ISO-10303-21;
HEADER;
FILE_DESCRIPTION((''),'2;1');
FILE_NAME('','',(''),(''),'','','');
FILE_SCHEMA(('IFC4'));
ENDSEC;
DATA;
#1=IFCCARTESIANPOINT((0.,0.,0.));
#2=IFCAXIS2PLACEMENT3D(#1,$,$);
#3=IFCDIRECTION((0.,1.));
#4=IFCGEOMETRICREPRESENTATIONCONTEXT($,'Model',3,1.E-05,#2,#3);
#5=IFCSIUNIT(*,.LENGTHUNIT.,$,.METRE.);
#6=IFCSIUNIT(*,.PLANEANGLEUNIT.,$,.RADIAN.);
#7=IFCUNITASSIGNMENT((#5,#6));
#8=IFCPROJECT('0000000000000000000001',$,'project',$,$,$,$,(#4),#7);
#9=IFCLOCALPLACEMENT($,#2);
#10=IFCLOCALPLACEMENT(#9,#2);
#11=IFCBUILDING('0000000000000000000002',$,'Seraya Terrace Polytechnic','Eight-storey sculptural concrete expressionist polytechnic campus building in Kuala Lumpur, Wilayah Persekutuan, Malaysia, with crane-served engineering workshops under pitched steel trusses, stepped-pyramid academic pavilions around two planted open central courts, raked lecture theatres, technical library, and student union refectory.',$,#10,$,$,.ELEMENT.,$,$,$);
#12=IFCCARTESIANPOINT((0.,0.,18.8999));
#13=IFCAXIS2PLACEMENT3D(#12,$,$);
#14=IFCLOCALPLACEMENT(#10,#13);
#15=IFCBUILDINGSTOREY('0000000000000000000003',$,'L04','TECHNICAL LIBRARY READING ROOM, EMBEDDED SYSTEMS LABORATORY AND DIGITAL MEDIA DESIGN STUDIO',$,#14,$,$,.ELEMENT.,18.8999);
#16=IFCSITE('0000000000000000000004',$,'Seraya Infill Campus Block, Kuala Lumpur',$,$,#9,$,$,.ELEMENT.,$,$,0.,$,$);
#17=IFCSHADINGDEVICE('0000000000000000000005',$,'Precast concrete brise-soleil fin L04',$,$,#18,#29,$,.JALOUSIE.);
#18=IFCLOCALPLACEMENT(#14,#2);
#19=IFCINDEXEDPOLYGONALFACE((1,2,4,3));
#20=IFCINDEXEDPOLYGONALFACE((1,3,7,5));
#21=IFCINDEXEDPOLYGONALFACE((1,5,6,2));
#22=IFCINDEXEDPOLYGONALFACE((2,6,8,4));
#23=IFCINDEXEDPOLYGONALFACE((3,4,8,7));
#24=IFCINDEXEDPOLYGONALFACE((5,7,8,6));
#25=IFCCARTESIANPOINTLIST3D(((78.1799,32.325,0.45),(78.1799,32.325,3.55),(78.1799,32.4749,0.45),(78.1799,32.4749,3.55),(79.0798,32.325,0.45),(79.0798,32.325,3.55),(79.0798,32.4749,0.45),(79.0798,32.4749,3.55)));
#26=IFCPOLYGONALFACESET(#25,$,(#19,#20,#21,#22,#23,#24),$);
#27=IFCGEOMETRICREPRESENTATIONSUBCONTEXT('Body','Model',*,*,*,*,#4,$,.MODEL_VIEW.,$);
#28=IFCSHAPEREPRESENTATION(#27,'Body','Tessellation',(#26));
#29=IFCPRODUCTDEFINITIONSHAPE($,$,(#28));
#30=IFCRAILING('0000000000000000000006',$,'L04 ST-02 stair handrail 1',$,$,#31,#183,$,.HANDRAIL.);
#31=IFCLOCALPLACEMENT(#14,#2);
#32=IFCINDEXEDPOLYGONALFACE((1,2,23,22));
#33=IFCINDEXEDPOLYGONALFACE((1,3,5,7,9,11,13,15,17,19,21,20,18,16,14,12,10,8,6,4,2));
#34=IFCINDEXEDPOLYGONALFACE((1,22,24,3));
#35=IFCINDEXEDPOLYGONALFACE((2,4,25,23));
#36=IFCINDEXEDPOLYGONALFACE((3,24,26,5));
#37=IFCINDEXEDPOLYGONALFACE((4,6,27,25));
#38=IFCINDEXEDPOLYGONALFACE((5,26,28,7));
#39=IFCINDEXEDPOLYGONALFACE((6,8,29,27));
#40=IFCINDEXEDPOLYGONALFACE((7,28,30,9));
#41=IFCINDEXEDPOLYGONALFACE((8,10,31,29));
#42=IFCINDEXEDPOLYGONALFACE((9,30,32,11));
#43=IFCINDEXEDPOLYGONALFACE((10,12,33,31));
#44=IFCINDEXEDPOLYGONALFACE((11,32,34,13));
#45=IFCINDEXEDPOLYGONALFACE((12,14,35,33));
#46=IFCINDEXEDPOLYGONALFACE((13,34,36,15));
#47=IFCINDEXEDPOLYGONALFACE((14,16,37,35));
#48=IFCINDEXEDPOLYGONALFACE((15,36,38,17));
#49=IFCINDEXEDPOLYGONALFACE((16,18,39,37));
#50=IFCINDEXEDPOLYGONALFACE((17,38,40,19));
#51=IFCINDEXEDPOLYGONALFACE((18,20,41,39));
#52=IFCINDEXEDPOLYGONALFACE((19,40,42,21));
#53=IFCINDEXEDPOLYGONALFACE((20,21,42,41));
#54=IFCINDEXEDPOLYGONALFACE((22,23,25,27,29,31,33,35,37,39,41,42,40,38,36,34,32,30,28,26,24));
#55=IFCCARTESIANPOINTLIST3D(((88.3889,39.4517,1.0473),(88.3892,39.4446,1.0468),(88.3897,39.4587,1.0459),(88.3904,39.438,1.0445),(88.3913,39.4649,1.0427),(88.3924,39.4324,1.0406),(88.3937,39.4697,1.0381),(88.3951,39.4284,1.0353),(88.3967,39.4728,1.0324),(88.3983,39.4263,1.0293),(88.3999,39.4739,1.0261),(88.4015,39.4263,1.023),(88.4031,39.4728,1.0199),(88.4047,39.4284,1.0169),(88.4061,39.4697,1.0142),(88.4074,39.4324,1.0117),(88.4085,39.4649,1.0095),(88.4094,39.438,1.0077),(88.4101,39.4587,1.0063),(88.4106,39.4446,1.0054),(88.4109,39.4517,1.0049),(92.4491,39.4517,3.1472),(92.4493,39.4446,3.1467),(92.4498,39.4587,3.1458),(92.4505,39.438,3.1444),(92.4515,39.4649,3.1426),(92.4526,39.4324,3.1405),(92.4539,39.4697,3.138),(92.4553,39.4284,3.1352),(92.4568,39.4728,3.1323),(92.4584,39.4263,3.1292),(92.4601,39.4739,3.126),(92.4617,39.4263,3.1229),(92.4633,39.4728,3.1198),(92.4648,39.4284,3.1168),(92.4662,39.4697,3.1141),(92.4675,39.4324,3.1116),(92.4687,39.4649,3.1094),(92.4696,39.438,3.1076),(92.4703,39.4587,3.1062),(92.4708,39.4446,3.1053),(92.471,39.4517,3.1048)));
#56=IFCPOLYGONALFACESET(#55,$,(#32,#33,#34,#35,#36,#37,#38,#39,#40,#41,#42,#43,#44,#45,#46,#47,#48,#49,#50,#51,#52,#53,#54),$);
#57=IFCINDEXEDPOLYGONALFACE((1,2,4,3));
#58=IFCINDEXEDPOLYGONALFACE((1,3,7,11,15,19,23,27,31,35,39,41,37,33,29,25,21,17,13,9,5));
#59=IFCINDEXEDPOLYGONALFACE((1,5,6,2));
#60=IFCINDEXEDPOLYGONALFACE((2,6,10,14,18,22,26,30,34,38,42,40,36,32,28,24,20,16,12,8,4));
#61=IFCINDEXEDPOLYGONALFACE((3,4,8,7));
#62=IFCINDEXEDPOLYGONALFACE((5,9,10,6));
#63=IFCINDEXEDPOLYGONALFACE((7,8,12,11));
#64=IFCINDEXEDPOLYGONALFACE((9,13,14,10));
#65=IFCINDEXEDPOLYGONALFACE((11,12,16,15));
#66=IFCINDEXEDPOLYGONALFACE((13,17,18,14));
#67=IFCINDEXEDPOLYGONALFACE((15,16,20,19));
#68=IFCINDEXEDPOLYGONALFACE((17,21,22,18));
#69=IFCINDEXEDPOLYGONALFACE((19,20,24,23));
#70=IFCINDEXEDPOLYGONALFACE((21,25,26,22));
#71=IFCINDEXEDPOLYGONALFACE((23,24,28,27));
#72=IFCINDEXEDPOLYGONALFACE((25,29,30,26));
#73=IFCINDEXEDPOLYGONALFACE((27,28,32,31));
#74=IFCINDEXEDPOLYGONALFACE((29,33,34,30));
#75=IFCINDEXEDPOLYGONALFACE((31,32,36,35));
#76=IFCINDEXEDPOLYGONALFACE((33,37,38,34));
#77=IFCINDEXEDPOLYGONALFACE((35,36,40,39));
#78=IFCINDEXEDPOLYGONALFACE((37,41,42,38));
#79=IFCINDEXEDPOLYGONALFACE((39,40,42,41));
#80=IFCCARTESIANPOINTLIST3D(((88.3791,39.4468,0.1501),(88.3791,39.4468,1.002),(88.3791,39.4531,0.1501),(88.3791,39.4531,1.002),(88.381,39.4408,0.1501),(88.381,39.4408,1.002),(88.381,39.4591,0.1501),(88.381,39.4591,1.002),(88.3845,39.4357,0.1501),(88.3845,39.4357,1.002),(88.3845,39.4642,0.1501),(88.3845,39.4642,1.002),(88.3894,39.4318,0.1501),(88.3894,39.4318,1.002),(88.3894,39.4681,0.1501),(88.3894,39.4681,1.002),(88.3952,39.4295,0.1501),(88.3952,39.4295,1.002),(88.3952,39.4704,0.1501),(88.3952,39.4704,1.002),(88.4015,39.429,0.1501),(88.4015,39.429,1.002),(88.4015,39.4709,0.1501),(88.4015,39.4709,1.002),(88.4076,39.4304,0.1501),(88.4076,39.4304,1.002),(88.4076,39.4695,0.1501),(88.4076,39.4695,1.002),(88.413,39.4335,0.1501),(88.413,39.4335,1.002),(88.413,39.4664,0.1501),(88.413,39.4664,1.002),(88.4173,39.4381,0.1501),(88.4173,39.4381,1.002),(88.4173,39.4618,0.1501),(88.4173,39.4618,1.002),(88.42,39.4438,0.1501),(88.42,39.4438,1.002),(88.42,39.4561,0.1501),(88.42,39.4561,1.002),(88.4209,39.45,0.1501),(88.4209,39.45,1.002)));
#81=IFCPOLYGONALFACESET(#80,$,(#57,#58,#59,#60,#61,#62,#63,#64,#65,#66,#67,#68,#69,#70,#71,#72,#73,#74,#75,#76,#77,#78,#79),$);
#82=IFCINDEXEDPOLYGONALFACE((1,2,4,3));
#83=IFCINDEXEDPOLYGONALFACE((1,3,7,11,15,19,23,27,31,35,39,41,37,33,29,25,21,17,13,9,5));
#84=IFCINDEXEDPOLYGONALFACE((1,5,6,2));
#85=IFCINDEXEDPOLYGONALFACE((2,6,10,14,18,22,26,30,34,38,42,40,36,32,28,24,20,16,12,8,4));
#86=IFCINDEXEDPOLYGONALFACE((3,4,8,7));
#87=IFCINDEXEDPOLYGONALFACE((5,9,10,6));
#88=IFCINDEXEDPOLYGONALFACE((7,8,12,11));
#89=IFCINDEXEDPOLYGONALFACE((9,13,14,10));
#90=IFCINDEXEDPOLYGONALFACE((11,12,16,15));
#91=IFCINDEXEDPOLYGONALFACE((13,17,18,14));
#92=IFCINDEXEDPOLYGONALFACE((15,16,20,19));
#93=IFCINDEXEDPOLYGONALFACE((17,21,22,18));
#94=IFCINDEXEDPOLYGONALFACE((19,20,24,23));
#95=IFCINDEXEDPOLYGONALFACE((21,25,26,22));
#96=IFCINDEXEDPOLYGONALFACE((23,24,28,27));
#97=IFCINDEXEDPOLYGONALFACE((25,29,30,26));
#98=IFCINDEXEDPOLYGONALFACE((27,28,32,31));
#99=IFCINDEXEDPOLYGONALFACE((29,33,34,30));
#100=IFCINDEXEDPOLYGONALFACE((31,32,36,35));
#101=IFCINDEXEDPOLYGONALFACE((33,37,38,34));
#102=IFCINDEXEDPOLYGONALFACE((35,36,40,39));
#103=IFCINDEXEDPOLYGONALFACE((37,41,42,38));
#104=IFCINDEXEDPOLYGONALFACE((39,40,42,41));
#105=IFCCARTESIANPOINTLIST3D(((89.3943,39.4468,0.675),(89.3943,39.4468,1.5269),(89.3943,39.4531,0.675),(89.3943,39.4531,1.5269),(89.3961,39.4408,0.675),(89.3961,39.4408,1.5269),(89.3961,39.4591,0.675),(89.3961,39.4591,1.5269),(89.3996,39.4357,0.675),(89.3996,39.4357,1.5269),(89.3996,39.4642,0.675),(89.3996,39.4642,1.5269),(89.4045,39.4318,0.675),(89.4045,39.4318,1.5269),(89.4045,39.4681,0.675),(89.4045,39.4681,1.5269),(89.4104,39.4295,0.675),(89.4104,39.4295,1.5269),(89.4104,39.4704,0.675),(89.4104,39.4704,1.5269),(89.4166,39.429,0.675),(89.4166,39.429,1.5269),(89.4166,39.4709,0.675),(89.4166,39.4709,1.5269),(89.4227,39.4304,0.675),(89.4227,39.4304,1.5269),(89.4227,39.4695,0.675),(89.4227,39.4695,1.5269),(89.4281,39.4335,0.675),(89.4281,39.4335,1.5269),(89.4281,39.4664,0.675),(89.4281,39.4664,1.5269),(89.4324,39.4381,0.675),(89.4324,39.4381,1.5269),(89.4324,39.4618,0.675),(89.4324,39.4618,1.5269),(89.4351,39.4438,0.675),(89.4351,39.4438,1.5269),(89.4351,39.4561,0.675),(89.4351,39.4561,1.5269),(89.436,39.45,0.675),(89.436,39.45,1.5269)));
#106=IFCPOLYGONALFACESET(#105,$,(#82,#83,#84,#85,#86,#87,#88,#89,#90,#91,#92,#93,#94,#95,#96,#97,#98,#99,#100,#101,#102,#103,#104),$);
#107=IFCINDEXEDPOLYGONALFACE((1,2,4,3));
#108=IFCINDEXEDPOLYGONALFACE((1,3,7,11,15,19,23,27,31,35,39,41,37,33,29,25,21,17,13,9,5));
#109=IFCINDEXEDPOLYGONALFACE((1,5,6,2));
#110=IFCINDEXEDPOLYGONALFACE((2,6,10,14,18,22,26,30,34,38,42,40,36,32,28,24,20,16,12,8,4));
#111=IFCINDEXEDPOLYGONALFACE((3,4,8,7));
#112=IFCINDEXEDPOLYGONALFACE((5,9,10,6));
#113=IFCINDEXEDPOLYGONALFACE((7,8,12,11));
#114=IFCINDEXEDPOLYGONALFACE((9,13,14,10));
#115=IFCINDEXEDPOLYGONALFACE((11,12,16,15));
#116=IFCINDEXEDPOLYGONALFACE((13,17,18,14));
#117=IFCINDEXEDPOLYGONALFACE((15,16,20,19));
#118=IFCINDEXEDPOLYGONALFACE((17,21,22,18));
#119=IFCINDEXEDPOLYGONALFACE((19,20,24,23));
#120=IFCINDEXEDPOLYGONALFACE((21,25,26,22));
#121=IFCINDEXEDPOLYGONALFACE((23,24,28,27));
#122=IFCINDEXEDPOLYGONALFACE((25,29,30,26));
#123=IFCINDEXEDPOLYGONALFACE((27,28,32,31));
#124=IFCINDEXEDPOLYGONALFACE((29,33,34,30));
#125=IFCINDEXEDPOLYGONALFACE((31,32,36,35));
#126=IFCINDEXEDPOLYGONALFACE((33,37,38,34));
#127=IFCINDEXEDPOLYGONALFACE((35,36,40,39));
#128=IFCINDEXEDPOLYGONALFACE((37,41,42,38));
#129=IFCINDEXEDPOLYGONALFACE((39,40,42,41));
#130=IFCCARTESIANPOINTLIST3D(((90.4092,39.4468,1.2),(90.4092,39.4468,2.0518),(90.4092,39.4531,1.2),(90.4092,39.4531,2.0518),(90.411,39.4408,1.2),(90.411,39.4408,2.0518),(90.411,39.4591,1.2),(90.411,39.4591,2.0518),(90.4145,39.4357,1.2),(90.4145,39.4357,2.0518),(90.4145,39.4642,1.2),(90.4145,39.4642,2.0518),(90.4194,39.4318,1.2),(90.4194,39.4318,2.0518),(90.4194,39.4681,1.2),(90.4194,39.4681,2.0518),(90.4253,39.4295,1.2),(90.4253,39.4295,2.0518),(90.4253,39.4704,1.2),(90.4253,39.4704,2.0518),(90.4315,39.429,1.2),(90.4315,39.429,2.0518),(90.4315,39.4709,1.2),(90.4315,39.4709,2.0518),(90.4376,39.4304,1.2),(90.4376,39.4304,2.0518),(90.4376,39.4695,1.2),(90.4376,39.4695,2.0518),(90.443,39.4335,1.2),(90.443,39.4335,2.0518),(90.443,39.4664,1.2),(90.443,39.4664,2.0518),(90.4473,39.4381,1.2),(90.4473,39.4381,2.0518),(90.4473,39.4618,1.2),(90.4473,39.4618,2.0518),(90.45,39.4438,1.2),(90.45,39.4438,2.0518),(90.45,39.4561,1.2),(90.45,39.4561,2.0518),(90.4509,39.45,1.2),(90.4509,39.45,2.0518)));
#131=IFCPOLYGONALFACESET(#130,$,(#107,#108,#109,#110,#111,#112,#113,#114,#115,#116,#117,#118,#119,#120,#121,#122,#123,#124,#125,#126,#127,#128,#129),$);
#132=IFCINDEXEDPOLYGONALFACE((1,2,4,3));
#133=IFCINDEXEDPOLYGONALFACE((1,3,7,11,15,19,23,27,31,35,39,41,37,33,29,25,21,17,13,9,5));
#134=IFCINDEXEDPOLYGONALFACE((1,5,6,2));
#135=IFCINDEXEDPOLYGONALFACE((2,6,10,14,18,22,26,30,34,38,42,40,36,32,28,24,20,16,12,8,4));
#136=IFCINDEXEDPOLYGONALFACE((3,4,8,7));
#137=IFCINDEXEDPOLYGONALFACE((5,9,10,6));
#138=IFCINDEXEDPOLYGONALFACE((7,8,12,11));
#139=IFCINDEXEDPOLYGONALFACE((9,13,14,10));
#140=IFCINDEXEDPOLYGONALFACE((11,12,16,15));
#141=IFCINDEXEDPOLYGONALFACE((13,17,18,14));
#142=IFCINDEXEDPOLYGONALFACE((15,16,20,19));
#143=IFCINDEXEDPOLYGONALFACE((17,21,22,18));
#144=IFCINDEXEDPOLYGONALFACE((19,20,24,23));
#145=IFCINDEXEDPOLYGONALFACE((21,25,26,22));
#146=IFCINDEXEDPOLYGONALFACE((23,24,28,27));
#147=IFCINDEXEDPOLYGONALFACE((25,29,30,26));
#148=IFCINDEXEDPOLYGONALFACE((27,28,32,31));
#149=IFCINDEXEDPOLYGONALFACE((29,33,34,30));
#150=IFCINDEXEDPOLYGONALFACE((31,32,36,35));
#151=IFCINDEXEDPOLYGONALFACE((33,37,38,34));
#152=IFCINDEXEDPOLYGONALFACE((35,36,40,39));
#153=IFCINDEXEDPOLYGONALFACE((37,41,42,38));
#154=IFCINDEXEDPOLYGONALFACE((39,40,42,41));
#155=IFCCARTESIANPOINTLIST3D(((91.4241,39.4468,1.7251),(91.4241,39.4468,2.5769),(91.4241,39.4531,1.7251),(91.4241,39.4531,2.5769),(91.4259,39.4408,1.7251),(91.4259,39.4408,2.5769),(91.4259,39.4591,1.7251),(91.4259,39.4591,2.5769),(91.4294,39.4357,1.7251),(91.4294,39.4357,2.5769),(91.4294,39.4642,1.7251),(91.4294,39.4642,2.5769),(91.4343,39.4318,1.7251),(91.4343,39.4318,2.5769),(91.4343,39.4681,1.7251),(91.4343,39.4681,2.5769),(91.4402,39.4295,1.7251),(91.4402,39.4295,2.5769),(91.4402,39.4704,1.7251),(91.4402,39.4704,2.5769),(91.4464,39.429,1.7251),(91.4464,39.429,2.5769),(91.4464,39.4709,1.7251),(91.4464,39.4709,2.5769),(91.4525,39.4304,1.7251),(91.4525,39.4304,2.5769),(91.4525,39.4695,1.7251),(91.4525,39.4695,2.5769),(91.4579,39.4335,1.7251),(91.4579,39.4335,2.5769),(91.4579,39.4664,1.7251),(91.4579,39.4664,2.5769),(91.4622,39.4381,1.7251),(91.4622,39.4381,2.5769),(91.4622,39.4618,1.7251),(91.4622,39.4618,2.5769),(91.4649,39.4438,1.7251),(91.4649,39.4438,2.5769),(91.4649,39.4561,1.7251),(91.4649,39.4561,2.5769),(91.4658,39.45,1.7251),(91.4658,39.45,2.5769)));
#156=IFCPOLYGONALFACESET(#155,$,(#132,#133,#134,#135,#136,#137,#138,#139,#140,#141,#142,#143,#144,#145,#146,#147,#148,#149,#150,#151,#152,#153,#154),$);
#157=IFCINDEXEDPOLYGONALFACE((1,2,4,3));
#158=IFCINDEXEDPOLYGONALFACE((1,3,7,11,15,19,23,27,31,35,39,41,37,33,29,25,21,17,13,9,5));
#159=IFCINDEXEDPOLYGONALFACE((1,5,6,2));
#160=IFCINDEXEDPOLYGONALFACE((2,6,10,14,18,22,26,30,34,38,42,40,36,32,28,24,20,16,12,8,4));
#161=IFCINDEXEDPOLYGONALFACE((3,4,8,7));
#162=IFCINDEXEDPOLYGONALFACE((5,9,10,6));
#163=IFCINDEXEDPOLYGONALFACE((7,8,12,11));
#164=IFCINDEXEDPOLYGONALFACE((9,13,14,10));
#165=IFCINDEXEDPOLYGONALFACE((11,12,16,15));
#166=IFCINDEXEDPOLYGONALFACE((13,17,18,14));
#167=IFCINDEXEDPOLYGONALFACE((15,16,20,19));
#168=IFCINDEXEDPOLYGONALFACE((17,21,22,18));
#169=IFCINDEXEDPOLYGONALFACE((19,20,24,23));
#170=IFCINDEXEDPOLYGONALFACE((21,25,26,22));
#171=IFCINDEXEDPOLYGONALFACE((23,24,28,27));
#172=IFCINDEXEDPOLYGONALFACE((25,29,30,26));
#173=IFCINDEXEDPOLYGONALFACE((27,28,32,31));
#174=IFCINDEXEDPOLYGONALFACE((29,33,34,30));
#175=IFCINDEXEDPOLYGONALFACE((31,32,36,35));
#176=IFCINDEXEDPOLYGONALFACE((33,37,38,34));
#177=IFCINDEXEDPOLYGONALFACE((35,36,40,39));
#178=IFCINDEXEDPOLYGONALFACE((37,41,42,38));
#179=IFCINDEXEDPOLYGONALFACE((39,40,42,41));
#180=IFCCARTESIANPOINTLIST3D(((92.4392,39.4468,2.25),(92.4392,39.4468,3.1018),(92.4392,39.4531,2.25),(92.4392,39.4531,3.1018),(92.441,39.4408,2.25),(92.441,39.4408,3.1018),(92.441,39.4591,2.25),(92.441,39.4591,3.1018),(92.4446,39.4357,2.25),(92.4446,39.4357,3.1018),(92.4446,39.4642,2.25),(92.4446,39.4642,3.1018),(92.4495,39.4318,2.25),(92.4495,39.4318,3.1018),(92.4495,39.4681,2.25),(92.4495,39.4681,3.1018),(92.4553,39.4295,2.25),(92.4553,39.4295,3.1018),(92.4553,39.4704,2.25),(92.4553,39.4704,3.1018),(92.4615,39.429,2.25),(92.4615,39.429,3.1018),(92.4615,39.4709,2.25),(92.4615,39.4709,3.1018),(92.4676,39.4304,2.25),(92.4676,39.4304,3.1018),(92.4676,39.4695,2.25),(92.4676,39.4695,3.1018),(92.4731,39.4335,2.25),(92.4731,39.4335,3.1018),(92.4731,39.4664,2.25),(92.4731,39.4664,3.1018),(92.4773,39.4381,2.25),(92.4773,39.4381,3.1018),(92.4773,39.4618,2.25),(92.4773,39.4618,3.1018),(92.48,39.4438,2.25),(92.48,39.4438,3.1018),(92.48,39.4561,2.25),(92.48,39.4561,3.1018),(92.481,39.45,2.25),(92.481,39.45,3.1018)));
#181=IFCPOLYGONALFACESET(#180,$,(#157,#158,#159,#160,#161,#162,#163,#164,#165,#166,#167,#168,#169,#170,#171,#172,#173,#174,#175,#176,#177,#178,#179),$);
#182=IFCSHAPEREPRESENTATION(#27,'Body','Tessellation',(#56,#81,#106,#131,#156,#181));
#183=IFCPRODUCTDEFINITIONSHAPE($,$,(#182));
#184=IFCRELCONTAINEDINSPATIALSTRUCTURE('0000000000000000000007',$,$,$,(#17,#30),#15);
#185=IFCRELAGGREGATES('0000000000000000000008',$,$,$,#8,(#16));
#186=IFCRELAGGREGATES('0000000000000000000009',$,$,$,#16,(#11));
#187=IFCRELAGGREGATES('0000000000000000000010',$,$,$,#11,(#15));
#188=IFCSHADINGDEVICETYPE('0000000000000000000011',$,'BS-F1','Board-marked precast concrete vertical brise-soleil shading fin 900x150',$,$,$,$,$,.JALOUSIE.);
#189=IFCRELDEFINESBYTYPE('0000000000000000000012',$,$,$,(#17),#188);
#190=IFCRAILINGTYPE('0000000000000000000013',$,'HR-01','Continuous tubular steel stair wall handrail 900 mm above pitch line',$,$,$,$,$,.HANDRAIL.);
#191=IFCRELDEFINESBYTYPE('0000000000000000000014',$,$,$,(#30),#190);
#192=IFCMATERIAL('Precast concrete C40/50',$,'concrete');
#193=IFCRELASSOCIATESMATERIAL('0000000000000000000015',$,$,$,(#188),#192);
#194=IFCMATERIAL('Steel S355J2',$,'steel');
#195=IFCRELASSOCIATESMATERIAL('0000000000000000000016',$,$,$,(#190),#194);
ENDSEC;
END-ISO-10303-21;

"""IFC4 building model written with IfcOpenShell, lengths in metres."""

from ifc_helpers import new_model, si_unit, direction, frame, origin, origin_2d, place, context, subcontext, project, spatial, rectangle, circle, extrude, material, type_object, element, save


model = new_model("IFC4")

# Units and contexts
model_context = context("Model", 3, precision=1e-05, world=origin(), true_north=direction((0.0, 1.0)))
body_context = subcontext(model_context, "Body", "Model", "MODEL_VIEW")
ifc_project = project(units=[si_unit("LENGTHUNIT", "METRE"), si_unit("PLANEANGLEUNIT", "RADIAN")], contexts=[model_context])

# Site, building, storey
site_placement = place(None, origin())
site = spatial("IfcSite", under=ifc_project, at=site_placement, Name="Seraya Infill Campus Block, Kuala Lumpur", CompositionType="ELEMENT", RefElevation=0.0)
building_placement = place(site_placement, origin())
building = spatial("IfcBuilding", under=site, at=building_placement, Name="Seraya Terrace Polytechnic", Description="Eight-storey sculptural concrete expressionist polytechnic campus building in Kuala Lumpur, Wilayah Persekutuan, Malaysia, with crane-served engineering workshops under pitched steel trusses, stepped-pyramid academic pavilions around two planted open central courts, raked lecture theatres, technical library, and student union refectory.", CompositionType="ELEMENT")
storey_placement = place(building_placement, frame((0.0, 0.0, 18.8999)))
storey = spatial("IfcBuildingStorey", under=building, at=storey_placement, Name="L04", Description="TECHNICAL LIBRARY READING ROOM, EMBEDDED SYSTEMS LABORATORY AND DIGITAL MEDIA DESIGN STUDIO", CompositionType="ELEMENT", Elevation=18.8999)

# Shared definitions
ifc_material_1 = material(Name="Precast concrete C40/50", Category="concrete")

# Shared definitions
ifc_material_2 = material(Name="Steel S355J2", Category="steel")

# Shading device
shading_device_type = type_object("IfcShadingDeviceType", Name="BS-F1", Description="Board-marked precast concrete vertical brise-soleil shading fin 900x150", PredefinedType="JALOUSIE", material=ifc_material_1)
for number, where, z_axis, x_axis, name in (
    (1, (78.6299, 32.3999, 0.45), (0.0, 0.0, 1.0), (-1.0, 0.0, 0.0), "Precast concrete brise-soleil fin L04"),
):
    element("IfcShadingDevice", number, at=place(storey_placement, frame(where, z_axis=z_axis, x_axis=x_axis)), inside=storey, type_object=shading_device_type, Name=name, PredefinedType="JALOUSIE", context=body_context, shape_type="SweptSolid", body=[
        extrude(rectangle(XDim=0.8999, YDim=0.1499, at=origin_2d()), origin(), (0.0, 0.0, 1.0), 3.1001),
    ])

# Railing
railing_type = type_object("IfcRailingType", Name="HR-01", Description="Continuous tubular steel stair wall handrail 900 mm above pitch line", PredefinedType="HANDRAIL", material=ifc_material_2)
railing_placement = place(storey_placement, frame((88.3999, 39.45, 0.1501)))
element("IfcRailing", 2, at=railing_placement, inside=storey, type_object=railing_type, Name="L04 ST-02 stair handrail 1", PredefinedType="HANDRAIL", context=body_context, shape_type="SweptSolid", body=[
    extrude(circle(Radius=0.0239, at=origin_2d()), frame((0.0, 0.0, 0.876), z_axis=(0.888233, 0.0, 0.459392), x_axis=(0.0, 1.0, 0.0)), (0.0, 0.0, 1.0), 4.571),
    extrude(circle(Radius=0.021, at=origin_2d()), origin(), (0.0, 0.0, 1.0), 0.8518),
    extrude(circle(Radius=0.021, at=origin_2d()), frame((1.0151, 0.0, 0.5249)), (0.0, 0.0, 1.0), 0.8518),
    extrude(circle(Radius=0.021, at=origin_2d()), frame((2.03, 0.0, 1.0498)), (0.0, 0.0, 1.0), 0.8518),
    extrude(circle(Radius=0.021, at=origin_2d()), frame((3.0449, 0.0, 1.575)), (0.0, 0.0, 1.0), 0.8518),
    extrude(circle(Radius=0.021, at=origin_2d()), frame((4.0601, 0.0, 2.0999)), (0.0, 0.0, 1.0), 0.8518),
])

save(model, "model.ifc")
